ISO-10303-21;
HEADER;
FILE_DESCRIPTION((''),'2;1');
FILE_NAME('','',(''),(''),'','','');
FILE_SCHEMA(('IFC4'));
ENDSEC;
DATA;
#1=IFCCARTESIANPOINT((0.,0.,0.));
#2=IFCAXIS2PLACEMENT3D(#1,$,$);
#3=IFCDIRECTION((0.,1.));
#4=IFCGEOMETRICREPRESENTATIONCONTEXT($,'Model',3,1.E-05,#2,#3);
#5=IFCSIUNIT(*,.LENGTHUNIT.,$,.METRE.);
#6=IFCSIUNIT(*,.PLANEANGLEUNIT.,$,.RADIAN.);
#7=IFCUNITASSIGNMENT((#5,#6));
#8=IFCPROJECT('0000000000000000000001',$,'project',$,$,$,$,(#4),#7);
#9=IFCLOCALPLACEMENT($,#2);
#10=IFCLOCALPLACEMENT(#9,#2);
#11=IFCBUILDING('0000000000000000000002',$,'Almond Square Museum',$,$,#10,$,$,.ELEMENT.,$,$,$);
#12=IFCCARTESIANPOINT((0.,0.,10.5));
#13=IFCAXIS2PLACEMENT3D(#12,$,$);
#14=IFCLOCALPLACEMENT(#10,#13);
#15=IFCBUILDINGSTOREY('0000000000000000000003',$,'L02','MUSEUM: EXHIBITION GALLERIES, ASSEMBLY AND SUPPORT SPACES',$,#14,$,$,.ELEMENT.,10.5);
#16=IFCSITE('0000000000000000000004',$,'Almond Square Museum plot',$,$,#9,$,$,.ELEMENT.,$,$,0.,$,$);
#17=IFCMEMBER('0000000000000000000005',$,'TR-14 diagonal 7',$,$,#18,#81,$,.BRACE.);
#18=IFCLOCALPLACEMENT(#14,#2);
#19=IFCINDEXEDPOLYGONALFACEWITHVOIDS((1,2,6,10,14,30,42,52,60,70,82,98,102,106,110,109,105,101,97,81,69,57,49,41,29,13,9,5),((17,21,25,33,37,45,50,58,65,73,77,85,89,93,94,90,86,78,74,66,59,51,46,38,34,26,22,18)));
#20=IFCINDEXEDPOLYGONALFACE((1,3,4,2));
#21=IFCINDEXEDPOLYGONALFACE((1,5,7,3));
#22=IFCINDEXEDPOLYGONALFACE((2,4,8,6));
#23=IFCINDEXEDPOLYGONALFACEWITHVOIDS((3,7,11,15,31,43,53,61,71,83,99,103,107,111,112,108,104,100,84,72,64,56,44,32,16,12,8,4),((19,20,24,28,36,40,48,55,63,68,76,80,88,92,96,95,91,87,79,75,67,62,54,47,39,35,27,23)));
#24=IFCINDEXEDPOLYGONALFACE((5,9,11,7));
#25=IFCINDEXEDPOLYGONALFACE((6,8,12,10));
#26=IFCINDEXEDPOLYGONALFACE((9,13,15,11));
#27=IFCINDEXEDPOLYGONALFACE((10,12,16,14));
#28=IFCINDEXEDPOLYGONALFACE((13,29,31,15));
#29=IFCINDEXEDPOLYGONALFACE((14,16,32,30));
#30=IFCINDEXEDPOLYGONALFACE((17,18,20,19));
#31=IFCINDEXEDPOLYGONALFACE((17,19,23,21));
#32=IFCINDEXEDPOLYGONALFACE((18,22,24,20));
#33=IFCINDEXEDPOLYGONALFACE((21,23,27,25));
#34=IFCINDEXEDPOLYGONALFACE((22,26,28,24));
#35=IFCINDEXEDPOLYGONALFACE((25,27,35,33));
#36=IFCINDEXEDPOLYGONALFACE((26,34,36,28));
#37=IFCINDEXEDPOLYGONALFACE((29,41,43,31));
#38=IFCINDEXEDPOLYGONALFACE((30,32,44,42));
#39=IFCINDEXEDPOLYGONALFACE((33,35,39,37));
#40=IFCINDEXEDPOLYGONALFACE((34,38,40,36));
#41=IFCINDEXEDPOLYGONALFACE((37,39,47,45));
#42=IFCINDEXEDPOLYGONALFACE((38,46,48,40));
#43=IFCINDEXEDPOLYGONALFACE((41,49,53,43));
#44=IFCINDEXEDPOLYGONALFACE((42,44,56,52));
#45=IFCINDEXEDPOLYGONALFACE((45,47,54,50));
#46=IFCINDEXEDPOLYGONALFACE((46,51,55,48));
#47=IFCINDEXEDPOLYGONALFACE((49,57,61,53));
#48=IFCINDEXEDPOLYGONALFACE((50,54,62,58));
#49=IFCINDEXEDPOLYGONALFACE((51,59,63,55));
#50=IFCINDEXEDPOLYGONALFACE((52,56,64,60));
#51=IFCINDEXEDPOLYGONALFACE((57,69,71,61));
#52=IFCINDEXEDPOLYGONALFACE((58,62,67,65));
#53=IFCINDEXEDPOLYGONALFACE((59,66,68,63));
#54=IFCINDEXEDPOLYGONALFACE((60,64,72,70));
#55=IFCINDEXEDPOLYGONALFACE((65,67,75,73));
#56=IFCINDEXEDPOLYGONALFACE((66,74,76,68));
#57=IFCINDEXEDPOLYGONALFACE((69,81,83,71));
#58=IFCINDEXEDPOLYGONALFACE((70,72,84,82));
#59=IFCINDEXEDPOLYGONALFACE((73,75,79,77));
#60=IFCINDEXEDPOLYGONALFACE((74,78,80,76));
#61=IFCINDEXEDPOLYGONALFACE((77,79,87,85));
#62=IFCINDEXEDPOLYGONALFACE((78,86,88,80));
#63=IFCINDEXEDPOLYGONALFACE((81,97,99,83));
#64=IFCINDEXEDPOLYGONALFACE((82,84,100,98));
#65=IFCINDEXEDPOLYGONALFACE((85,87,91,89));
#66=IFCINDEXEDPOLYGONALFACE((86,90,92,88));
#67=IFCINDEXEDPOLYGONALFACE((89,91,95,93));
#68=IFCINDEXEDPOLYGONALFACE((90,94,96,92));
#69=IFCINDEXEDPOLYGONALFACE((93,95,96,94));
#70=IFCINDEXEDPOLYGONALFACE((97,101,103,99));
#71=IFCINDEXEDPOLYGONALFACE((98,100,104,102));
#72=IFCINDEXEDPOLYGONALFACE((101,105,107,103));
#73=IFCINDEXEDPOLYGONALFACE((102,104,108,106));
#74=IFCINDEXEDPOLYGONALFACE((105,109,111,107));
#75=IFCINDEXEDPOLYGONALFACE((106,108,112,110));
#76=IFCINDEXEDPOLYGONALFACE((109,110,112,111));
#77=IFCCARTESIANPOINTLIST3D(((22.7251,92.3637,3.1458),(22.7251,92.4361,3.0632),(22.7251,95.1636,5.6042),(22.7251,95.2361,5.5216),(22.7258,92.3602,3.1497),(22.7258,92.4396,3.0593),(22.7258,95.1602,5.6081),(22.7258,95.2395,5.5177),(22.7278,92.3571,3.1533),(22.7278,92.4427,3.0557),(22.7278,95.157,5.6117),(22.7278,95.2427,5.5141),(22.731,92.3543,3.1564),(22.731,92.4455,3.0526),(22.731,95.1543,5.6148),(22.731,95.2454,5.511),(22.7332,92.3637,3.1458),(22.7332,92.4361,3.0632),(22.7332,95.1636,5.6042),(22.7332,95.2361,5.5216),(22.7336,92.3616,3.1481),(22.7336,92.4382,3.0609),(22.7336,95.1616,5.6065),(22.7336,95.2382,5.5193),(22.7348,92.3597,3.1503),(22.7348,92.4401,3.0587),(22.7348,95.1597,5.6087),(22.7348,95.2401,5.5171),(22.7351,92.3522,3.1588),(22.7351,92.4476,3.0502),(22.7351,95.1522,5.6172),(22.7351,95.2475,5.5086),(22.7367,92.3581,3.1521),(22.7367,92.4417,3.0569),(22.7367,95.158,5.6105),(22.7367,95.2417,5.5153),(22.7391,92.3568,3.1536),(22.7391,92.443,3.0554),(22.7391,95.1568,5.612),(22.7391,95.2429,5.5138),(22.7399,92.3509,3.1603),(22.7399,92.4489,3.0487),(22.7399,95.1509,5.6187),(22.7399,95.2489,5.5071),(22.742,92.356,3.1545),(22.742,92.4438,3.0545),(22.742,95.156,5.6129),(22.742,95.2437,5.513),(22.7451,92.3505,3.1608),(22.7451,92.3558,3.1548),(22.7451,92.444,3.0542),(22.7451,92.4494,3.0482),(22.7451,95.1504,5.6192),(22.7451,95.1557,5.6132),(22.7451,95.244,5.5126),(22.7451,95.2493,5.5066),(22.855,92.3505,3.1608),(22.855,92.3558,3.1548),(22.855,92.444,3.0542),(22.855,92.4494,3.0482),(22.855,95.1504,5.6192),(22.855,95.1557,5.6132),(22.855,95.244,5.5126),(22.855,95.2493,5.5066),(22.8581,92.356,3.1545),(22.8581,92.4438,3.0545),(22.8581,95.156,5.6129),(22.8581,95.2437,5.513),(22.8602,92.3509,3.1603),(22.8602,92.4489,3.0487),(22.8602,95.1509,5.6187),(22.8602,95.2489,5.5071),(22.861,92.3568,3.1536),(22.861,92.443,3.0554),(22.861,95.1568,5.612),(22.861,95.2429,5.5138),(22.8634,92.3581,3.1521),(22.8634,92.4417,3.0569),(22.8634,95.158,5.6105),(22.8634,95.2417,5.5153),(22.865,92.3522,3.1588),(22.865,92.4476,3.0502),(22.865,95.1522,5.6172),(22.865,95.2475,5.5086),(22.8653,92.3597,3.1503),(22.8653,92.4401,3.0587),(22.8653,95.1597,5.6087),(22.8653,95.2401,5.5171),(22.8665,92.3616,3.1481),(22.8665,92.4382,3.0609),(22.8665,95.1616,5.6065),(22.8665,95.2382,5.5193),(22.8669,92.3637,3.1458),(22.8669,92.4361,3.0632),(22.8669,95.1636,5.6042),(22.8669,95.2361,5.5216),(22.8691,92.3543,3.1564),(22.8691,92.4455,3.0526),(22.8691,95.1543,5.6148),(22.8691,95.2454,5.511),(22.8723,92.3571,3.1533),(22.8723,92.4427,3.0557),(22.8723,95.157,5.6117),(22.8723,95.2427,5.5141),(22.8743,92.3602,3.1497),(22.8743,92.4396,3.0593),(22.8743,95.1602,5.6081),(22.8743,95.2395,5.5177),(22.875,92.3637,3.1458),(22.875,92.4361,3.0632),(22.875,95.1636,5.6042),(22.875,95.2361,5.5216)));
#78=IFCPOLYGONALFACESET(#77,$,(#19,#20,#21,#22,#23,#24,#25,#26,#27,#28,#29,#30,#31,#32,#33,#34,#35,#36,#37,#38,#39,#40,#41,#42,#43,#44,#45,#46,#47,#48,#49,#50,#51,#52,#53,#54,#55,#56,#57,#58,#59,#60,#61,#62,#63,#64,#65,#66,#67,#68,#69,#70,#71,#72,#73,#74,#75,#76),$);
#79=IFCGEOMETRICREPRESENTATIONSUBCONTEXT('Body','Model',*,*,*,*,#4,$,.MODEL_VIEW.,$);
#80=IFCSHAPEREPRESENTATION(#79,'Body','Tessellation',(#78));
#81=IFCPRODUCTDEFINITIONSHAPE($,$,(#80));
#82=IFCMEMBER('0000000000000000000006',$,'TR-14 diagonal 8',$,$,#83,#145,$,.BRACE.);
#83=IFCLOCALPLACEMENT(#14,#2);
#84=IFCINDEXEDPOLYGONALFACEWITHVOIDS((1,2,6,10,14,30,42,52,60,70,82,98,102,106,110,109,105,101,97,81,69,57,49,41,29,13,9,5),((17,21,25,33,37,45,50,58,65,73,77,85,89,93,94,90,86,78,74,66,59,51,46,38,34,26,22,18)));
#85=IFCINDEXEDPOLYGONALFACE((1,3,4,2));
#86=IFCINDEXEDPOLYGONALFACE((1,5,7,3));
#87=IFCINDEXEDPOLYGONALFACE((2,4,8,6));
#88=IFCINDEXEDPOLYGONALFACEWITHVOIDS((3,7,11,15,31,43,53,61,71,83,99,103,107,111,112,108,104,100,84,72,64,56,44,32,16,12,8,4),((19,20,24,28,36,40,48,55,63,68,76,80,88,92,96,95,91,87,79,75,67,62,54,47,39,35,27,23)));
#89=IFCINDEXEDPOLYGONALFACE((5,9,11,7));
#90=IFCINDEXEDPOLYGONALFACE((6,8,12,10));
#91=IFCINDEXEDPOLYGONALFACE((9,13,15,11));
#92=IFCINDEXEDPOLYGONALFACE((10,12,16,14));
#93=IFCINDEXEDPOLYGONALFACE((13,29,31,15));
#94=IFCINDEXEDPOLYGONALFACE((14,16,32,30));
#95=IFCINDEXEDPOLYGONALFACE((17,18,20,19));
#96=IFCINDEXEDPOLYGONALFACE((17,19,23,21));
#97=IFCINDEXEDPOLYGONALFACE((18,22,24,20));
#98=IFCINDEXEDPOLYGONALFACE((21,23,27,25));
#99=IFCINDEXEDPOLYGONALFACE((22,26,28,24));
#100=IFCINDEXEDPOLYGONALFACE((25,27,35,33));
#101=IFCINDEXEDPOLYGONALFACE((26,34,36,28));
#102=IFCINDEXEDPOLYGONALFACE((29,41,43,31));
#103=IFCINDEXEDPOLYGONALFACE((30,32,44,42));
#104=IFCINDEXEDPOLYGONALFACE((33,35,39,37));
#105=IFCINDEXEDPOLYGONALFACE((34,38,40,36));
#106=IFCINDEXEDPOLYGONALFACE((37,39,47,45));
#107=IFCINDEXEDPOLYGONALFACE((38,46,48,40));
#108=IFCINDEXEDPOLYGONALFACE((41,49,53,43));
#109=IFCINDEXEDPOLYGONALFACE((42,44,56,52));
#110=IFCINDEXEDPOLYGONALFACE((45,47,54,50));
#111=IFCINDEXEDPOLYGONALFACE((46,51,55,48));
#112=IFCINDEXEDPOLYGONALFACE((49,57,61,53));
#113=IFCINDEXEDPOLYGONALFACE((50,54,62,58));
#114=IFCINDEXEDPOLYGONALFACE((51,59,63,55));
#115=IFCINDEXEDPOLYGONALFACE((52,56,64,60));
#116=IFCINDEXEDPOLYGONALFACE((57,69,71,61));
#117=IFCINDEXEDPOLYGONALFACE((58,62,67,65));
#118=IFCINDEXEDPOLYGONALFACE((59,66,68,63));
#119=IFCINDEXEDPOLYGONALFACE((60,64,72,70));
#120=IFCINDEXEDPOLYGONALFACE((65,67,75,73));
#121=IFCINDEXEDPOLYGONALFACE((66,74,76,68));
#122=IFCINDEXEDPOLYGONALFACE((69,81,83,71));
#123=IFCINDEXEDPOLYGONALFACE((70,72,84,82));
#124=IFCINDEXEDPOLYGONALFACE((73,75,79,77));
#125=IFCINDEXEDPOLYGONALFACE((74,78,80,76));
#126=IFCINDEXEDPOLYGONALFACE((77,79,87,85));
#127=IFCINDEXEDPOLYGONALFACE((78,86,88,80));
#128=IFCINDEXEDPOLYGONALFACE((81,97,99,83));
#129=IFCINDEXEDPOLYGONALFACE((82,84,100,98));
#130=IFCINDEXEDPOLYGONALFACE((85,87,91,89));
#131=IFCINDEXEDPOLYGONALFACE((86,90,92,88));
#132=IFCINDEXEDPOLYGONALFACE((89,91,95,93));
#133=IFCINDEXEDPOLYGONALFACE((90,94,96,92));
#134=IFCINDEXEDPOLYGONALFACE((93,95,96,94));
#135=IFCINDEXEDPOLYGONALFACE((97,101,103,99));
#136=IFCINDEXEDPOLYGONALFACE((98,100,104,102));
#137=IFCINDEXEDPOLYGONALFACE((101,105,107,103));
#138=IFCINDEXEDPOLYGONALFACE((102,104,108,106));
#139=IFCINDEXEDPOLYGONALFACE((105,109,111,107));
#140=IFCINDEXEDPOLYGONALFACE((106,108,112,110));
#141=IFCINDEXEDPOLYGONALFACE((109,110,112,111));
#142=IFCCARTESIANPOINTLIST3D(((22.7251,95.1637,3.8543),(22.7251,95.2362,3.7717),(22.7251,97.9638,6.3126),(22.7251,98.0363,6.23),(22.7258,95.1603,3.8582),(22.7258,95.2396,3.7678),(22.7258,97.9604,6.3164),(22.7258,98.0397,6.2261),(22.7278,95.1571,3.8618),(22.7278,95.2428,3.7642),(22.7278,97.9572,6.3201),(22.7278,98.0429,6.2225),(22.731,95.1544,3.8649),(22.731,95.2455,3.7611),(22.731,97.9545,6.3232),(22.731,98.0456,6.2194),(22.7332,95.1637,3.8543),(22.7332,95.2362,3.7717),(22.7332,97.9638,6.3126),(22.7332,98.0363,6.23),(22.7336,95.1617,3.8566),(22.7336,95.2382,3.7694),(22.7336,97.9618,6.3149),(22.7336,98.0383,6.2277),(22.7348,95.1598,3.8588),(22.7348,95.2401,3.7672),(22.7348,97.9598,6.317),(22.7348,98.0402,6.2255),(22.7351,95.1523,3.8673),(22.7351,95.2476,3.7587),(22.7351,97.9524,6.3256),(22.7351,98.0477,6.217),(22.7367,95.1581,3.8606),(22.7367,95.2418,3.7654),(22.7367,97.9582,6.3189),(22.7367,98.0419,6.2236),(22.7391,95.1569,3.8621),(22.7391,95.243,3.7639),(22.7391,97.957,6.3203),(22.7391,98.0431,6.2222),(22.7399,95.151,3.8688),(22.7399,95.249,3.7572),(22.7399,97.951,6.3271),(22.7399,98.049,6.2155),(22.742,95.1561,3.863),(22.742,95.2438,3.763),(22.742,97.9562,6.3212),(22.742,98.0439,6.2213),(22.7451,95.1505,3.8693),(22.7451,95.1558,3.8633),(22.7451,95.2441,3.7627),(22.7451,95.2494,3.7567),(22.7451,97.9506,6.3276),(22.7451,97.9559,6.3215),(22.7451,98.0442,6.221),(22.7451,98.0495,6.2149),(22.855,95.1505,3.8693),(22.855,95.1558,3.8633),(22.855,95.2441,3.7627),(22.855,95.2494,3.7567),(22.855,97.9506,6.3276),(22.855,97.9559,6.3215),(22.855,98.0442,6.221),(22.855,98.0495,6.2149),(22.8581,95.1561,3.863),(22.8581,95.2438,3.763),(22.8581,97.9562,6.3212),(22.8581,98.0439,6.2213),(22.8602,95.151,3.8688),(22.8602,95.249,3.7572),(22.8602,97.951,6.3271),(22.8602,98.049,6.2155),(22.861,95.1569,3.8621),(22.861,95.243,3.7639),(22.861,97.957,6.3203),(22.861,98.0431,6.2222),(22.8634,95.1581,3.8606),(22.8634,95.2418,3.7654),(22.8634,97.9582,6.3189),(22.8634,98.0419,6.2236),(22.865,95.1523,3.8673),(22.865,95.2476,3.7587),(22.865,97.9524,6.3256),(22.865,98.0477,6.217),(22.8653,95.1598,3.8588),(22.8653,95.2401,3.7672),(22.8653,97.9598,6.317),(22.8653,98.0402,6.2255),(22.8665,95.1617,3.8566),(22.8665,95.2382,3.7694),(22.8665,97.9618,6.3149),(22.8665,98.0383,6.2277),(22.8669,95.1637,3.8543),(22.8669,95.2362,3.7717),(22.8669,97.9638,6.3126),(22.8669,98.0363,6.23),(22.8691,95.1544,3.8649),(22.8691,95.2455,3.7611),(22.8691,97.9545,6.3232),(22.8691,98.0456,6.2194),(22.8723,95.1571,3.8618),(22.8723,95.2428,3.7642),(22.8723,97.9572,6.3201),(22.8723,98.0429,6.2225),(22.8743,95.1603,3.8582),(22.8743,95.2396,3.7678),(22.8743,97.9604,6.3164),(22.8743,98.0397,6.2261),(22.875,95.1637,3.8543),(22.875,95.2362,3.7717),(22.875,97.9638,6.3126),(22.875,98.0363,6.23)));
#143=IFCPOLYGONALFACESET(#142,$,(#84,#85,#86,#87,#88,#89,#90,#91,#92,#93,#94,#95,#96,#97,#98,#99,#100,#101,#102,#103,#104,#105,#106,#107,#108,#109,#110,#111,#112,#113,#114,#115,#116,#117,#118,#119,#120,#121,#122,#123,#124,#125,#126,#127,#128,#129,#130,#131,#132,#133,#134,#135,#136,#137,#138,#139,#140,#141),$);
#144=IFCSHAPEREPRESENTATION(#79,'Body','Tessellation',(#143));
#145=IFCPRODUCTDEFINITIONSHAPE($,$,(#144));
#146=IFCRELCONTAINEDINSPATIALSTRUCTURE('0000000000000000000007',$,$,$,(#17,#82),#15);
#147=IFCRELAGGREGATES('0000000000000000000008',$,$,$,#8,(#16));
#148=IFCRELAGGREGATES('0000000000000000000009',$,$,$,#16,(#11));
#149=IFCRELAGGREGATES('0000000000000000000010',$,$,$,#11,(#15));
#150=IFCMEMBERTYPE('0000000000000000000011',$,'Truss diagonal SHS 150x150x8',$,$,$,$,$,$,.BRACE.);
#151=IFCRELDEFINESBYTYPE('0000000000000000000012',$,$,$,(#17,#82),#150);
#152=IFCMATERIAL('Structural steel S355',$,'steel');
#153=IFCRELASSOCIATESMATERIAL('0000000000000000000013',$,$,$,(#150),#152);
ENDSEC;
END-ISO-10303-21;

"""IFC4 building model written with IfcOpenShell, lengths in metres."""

from ifc_helpers import new_model, si_unit, direction, frame, origin, origin_2d, place, context, subcontext, project, spatial, hollow_rectangle, extrude, material, material_profile, profile_set, type_object, element, save


model = new_model("IFC4")

# Units and contexts
model_context = context("Model", 3, precision=1e-05, world=origin(), true_north=direction((0.0, 1.0)))
body_context = subcontext(model_context, "Body", "Model", "MODEL_VIEW")
ifc_project = project(units=[si_unit("LENGTHUNIT", "METRE"), si_unit("PLANEANGLEUNIT", "RADIAN")], contexts=[model_context])

# Site, building, storey
site_placement = place(None, origin())
site = spatial("IfcSite", under=ifc_project, at=site_placement, Name="Almond Square Museum plot", CompositionType="ELEMENT", RefElevation=0.0)
building_placement = place(site_placement, origin())
building = spatial("IfcBuilding", under=site, at=building_placement, Name="Almond Square Museum", CompositionType="ELEMENT")
storey_placement = place(building_placement, frame((0.0, 0.0, 10.5)))
storey = spatial("IfcBuildingStorey", under=building, at=storey_placement, Name="L02", Description="MUSEUM: EXHIBITION GALLERIES, ASSEMBLY AND SUPPORT SPACES", CompositionType="ELEMENT", Elevation=10.5)

# Members
ifc_material_1 = material(Name="Structural steel S355", Category="steel")
ifc_material_profile_1 = material_profile(ifc_material_1, hollow_rectangle(XDim=0.1499, YDim=0.1499, WallThickness=0.0081, InnerFilletRadius=0.012, OuterFilletRadius=0.02, at=origin_2d()))
ifc_profile_set_1 = profile_set([ifc_material_profile_1], Name="Structural steel S355")
member_type_1 = type_object("IfcMemberType", Name="Truss diagonal SHS 150x150x8", PredefinedType="BRACE", material=ifc_profile_set_1)
for number, where, z_axis, x_axis, name in (
    (1, (22.8, 92.3999, 3.1045), (0.0, 0.751451, 0.659789), (-1.0, 0.0, 0.0), "TR-14 diagonal 7"),
    (2, (22.8, 95.2, 3.813), (0.0, 0.751484, 0.659752), (-1.0, 0.0, 0.0), "TR-14 diagonal 8"),
):
    element("IfcMember", number, at=place(storey_placement, frame(where, z_axis=z_axis, x_axis=x_axis)), inside=storey, type_object=member_type_1, Name=name, PredefinedType="BRACE", context=body_context, shape_type="SweptSolid", body=[
        extrude(hollow_rectangle(XDim=0.1499, YDim=0.1499, WallThickness=0.0081, InnerFilletRadius=0.012, OuterFilletRadius=0.02, at=origin_2d()), origin(), (0.0, 0.0, 1.0), 3.7261),
    ])

save(model, "model.ifc")
